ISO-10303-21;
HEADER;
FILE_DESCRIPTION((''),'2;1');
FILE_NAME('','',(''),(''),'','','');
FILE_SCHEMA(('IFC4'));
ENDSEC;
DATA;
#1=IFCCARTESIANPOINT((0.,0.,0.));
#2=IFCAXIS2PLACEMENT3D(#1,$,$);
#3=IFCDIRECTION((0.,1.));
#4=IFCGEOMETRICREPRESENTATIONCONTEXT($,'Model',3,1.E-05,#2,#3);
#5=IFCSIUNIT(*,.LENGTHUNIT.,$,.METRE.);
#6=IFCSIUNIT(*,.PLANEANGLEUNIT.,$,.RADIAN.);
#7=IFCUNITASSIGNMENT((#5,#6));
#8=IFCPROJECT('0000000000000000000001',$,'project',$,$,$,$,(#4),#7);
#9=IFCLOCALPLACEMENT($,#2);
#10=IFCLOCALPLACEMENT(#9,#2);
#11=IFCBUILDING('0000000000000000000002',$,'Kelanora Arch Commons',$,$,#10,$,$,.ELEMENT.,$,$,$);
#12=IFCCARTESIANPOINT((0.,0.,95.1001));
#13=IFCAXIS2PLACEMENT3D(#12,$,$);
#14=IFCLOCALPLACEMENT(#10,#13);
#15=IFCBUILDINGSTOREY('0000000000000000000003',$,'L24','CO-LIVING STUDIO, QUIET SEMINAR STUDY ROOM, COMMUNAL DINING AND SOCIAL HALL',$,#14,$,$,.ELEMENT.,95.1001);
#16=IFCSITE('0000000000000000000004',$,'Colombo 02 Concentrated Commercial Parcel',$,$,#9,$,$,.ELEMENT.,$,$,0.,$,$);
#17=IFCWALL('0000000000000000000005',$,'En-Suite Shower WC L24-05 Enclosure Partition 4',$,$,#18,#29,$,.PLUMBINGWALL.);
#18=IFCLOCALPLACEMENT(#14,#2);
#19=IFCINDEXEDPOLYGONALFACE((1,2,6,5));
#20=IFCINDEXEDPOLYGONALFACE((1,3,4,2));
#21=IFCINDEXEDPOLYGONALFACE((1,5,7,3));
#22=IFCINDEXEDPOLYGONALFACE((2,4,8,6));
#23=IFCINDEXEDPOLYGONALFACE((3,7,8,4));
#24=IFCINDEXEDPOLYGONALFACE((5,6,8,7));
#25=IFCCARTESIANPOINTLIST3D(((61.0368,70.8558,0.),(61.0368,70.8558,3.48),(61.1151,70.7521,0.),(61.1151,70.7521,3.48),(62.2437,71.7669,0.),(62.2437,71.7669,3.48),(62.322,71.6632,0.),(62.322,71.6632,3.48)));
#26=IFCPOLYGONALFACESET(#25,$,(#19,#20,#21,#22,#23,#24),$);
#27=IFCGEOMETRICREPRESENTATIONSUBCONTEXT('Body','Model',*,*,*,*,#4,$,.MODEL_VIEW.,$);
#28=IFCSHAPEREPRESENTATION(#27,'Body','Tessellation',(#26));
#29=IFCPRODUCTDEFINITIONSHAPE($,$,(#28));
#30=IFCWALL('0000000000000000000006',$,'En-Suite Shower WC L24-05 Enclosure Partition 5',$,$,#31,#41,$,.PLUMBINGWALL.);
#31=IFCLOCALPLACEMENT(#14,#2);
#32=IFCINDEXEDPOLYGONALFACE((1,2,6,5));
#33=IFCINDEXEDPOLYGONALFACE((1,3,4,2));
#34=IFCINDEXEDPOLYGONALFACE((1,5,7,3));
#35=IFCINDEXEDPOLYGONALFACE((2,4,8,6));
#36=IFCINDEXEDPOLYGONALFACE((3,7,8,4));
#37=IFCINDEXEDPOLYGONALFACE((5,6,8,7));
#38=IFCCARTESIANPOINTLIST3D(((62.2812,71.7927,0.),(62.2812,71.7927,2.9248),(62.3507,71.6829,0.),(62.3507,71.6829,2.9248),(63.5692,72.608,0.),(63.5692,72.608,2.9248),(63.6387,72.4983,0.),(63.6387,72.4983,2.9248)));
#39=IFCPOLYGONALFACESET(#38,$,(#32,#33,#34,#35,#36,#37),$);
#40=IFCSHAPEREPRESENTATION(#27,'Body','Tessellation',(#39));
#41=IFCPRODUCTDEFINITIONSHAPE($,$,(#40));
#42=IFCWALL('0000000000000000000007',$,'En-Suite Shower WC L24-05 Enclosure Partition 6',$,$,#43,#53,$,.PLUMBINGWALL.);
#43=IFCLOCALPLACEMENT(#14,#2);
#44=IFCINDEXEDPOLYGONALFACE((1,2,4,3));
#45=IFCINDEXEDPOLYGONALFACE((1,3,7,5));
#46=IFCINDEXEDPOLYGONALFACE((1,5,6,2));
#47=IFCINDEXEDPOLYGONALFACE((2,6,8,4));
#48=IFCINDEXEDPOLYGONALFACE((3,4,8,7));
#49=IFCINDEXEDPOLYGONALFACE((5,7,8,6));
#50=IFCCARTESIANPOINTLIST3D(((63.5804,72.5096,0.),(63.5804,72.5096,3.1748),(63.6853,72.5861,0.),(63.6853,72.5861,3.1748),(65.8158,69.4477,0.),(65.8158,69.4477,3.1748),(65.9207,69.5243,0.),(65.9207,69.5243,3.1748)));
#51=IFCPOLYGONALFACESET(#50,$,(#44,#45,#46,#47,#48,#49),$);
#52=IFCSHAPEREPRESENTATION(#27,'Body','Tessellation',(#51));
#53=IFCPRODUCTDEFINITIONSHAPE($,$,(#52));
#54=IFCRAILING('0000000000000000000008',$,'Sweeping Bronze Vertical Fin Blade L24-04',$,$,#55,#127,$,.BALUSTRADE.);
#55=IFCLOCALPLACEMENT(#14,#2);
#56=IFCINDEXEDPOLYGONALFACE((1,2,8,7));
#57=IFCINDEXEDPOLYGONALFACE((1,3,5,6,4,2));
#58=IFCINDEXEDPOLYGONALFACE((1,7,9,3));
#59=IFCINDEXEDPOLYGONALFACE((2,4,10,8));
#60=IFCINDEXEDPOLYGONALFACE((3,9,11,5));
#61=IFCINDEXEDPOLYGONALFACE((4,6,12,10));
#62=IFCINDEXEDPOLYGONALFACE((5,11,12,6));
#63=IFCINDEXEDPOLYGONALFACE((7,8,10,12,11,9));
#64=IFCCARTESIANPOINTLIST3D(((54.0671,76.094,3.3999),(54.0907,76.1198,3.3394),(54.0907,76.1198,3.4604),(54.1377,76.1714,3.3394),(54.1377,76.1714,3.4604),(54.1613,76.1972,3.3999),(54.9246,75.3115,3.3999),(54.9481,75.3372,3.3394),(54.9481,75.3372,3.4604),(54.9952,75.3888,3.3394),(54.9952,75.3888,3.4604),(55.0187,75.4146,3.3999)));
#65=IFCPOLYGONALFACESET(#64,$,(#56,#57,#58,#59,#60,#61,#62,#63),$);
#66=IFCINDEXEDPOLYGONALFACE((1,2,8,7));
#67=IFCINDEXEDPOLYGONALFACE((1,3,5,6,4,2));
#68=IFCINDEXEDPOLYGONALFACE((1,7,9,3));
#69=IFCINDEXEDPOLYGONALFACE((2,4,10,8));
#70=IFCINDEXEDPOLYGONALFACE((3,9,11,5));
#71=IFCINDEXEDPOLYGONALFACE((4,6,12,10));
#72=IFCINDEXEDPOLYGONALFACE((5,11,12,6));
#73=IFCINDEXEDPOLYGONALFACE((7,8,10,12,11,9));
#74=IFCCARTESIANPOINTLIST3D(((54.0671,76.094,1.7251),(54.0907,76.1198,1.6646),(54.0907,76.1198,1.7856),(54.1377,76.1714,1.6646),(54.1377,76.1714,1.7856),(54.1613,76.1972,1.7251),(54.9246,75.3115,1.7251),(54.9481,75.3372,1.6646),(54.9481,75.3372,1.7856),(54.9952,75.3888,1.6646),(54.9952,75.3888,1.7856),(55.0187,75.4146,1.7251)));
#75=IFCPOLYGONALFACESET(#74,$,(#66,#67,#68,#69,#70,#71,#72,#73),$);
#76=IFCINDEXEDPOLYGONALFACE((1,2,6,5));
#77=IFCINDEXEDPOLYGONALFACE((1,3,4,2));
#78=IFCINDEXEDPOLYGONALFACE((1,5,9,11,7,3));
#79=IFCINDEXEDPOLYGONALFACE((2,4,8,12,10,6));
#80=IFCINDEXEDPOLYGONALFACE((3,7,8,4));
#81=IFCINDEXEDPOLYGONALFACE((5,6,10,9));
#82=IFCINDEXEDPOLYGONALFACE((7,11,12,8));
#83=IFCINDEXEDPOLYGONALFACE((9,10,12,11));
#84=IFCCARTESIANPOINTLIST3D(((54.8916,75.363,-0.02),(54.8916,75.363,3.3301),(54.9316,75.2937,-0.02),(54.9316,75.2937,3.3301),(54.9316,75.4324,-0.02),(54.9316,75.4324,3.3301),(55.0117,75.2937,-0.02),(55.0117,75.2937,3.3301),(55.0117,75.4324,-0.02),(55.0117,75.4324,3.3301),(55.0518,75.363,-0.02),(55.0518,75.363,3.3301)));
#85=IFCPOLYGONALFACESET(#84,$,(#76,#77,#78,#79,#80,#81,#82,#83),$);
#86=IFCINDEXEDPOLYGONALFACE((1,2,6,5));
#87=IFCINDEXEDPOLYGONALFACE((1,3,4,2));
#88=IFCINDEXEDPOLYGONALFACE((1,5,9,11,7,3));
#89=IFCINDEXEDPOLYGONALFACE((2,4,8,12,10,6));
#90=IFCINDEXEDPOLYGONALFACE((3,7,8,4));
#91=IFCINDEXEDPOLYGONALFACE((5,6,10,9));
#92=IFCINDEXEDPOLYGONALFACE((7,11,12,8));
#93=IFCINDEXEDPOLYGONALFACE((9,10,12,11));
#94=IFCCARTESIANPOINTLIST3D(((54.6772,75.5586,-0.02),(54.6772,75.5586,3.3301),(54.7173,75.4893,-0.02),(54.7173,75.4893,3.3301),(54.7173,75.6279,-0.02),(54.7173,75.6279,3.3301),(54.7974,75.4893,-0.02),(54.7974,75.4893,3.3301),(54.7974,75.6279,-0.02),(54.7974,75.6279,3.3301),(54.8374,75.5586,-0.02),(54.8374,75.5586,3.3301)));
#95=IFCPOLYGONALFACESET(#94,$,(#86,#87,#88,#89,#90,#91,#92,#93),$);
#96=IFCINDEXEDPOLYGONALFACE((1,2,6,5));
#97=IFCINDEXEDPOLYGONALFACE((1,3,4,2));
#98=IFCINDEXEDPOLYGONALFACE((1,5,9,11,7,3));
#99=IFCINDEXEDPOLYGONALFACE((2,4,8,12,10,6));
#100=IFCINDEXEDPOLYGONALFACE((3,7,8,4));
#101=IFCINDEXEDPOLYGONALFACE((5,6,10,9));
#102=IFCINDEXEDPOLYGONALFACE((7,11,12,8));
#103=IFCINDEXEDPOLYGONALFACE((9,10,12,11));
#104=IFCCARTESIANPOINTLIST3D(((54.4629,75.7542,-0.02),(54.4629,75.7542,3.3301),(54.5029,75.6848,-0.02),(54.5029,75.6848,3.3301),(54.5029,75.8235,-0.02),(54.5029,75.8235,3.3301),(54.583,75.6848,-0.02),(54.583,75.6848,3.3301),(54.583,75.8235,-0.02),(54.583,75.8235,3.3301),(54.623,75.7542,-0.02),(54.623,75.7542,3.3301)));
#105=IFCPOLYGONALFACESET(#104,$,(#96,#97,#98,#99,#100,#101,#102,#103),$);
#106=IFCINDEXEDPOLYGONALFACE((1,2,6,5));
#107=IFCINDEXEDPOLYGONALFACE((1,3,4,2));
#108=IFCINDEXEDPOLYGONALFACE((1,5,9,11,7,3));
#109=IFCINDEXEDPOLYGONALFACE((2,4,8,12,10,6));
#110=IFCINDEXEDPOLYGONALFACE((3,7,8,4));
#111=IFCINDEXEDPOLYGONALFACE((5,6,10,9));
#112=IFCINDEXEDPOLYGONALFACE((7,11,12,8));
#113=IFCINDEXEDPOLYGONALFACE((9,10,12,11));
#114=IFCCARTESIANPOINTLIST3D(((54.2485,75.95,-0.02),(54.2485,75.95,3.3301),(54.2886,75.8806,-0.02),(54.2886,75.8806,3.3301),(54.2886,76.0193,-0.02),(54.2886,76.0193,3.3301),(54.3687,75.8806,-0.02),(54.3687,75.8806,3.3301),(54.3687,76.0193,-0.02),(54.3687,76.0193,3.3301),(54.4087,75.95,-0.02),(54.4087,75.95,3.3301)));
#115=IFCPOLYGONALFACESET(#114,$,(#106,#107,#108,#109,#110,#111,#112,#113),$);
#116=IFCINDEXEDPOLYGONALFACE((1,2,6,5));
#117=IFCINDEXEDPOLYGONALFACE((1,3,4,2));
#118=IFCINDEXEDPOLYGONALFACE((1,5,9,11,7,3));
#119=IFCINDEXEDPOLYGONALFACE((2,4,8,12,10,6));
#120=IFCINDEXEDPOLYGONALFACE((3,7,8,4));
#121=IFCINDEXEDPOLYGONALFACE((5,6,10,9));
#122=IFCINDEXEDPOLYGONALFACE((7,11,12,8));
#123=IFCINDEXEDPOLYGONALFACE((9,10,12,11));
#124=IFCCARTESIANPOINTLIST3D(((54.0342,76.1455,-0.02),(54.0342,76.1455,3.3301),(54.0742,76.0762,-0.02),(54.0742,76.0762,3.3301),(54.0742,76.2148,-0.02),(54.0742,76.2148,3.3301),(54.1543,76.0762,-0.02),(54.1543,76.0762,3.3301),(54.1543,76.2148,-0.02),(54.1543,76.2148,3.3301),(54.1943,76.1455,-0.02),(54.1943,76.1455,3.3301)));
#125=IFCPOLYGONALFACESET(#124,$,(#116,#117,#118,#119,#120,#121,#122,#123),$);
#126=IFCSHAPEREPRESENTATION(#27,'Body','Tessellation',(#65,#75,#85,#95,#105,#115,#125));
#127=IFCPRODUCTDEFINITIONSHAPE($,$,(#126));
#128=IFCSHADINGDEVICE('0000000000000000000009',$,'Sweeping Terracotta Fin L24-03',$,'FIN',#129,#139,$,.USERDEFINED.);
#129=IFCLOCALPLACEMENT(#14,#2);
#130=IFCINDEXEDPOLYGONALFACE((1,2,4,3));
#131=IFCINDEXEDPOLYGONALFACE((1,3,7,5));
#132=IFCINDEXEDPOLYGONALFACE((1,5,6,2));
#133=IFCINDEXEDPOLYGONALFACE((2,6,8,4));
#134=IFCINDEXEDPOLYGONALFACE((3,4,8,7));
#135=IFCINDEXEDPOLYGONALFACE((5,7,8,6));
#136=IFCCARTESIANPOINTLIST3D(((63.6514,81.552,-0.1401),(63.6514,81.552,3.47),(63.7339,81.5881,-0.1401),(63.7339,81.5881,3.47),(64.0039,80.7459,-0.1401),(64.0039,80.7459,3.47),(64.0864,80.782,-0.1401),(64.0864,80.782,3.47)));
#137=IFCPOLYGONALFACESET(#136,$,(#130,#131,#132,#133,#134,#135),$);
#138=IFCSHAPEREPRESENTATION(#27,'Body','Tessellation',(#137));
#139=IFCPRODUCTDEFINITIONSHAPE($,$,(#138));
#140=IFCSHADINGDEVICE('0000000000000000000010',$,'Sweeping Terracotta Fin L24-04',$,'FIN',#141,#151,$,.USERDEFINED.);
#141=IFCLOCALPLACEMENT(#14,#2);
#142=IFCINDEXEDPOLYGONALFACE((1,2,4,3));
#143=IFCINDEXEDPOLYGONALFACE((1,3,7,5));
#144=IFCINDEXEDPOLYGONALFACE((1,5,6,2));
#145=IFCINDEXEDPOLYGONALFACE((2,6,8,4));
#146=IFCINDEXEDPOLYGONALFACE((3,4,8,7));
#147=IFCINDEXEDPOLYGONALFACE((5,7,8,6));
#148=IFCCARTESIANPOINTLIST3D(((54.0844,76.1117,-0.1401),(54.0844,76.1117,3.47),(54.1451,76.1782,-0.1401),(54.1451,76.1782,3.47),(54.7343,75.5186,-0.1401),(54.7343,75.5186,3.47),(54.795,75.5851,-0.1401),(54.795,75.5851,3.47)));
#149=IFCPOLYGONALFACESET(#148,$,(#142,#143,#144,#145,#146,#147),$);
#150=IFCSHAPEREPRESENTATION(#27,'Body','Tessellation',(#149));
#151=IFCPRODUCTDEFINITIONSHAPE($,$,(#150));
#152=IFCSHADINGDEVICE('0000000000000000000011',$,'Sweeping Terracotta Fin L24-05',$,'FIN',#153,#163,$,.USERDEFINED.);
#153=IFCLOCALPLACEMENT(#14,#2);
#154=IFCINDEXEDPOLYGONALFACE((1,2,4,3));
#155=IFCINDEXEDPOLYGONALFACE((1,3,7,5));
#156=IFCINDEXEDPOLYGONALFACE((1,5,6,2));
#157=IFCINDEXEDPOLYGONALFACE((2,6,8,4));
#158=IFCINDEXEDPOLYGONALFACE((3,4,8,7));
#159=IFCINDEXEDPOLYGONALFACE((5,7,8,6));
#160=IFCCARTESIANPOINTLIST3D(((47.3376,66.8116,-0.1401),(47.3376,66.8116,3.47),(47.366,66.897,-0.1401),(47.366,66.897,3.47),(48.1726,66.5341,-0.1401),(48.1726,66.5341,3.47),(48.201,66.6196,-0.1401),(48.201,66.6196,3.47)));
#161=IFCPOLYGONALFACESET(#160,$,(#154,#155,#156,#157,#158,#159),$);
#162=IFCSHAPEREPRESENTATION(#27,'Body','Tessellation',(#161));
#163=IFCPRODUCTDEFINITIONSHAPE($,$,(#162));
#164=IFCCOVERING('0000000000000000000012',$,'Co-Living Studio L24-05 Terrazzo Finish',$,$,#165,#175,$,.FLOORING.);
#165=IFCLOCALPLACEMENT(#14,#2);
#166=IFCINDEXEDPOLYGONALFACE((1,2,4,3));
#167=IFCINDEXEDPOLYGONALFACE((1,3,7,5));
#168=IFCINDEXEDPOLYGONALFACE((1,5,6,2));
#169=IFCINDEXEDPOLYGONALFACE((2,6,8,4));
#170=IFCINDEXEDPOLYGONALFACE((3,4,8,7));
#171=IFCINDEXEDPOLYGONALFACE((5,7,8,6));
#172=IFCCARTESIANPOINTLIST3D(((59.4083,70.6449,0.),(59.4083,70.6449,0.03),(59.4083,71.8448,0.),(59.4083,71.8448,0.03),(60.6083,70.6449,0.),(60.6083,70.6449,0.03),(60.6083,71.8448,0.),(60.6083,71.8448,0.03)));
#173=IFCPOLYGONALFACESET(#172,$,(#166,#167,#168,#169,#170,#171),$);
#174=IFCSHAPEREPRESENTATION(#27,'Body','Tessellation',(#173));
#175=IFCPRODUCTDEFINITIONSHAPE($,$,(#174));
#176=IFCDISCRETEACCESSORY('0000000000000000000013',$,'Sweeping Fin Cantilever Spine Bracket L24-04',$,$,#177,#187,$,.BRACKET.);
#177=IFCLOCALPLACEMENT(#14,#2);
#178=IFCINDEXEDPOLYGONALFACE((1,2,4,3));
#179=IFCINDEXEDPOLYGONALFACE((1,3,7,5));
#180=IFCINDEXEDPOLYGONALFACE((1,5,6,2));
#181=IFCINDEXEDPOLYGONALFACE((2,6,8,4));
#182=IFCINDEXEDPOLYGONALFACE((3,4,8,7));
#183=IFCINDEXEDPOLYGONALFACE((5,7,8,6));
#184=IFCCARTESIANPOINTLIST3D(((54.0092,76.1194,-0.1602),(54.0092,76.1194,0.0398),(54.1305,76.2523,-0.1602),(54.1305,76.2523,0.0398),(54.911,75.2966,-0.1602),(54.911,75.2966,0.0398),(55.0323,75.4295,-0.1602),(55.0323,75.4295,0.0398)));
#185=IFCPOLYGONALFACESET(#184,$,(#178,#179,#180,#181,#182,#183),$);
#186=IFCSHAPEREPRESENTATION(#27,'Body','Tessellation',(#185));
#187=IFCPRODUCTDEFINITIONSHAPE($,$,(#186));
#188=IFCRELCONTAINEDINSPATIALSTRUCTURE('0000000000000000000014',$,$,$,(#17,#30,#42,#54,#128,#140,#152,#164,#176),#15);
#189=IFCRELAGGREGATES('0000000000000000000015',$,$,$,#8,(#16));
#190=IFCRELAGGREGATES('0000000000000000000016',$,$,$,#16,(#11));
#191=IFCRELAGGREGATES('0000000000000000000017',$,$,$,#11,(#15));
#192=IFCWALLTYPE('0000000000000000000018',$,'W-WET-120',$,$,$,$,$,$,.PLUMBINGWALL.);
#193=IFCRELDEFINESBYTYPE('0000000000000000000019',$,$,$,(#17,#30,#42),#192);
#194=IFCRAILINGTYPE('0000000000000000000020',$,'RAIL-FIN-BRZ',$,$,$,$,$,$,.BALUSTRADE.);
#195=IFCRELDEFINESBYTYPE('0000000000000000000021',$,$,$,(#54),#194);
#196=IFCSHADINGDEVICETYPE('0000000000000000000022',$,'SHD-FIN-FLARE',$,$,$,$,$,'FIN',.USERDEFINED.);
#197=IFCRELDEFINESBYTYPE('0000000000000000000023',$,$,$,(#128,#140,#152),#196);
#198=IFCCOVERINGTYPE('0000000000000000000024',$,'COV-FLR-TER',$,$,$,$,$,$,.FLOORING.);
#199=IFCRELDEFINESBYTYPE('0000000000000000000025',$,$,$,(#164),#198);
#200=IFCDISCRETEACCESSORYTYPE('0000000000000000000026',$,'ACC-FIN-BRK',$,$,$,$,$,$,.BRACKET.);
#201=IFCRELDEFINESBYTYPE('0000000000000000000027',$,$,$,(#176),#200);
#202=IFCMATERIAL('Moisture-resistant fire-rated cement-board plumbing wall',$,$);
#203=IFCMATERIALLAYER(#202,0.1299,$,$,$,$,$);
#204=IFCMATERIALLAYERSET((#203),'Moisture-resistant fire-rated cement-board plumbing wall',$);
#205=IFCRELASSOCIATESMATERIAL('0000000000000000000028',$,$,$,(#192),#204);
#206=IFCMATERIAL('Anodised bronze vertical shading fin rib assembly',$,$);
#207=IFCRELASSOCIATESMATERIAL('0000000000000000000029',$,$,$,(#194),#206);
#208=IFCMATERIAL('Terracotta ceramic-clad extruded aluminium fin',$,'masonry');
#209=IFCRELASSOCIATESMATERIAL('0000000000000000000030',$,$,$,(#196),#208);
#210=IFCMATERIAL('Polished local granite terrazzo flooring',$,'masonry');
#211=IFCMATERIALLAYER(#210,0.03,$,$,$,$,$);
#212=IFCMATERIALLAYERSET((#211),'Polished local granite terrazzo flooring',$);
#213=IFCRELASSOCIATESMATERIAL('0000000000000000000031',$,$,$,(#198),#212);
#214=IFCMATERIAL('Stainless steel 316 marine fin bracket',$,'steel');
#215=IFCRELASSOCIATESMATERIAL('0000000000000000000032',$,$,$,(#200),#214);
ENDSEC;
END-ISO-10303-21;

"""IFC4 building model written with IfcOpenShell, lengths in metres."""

from ifc_helpers import new_model, si_unit, direction, frame, frame_2d, origin, origin_2d, place, context, subcontext, project, spatial, polyline, rectangle, outline, extrude, source, transform, mapped, material, layer, layer_set, type_object, element, save


model = new_model("IFC4")

# Units and contexts
model_context = context("Model", 3, precision=1e-05, world=origin(), true_north=direction((0.0, 1.0)))
body_context = subcontext(model_context, "Body", "Model", "MODEL_VIEW")
ifc_project = project(units=[si_unit("LENGTHUNIT", "METRE"), si_unit("PLANEANGLEUNIT", "RADIAN")], contexts=[model_context])

# Site, building, storey
site_placement = place(None, origin())
site = spatial("IfcSite", under=ifc_project, at=site_placement, Name="Colombo 02 Concentrated Commercial Parcel", CompositionType="ELEMENT", RefElevation=0.0)
building_placement = place(site_placement, origin())
building = spatial("IfcBuilding", under=site, at=building_placement, Name="Kelanora Arch Commons", CompositionType="ELEMENT")
storey_placement = place(building_placement, frame((0.0, 0.0, 95.1001)))
storey = spatial("IfcBuildingStorey", under=building, at=storey_placement, Name="L24", Description="CO-LIVING STUDIO, QUIET SEMINAR STUDY ROOM, COMMUNAL DINING AND SOCIAL HALL", CompositionType="ELEMENT", Elevation=95.1001)

# Shared definitions
ifc_material_1 = material(Name="Moisture-resistant fire-rated cement-board plumbing wall")
ifc_layer_1 = layer(ifc_material_1, 0.1299)
ifc_layer_set_1 = layer_set([ifc_layer_1], Name="Moisture-resistant fire-rated cement-board plumbing wall")
wall_type_1 = type_object("IfcWallType", Name="W-WET-120", PredefinedType="PLUMBINGWALL", material=ifc_layer_set_1)

# Walls
wall_1_placement = place(storey_placement, frame((61.0759, 70.804, 0.0), z_axis=(0.0, 0.0, 1.0), x_axis=(0.798136, 0.602477, 0.0)))
element("IfcWall", 1, at=wall_1_placement, inside=storey, type_object=wall_type_1, Name="En-Suite Shower WC L24-05 Enclosure Partition 4", PredefinedType="PLUMBINGWALL", context=body_context, shape_type="SweptSolid", body=[
    extrude(rectangle(XDim=1.5122, YDim=0.1299, at=frame_2d((0.7561, 0.0))), origin(), (0.0, 0.0, 1.0), 3.48),
])
wall_2_placement = place(storey_placement, frame((62.3159, 71.7378, 0.0), z_axis=(0.0, 0.0, 1.0), x_axis=(0.844925, 0.534884, 0.0)))
element("IfcWall", 2, at=wall_2_placement, inside=storey, type_object=wall_type_1, Name="En-Suite Shower WC L24-05 Enclosure Partition 5", PredefinedType="PLUMBINGWALL", context=body_context, shape_type="SweptSolid", body=[
    extrude(rectangle(XDim=1.5244, YDim=0.1299, at=frame_2d((0.7622, 0.0))), origin(), (0.0, 0.0, 1.0), 2.9248),
])
wall_3_placement = place(storey_placement, frame((63.6328, 72.5479, 0.0), z_axis=(0.0, 0.0, 1.0), x_axis=(0.589656, -0.807654, 0.0)))
element("IfcWall", 3, at=wall_3_placement, inside=storey, type_object=wall_type_1, Name="En-Suite Shower WC L24-05 Enclosure Partition 6", PredefinedType="PLUMBINGWALL", context=body_context, shape_type="SweptSolid", body=[
    extrude(rectangle(XDim=3.791, YDim=0.1299, at=frame_2d((1.8955, 0.0))), origin(), (0.0, 0.0, 1.0), 3.1748),
])

# Railing
ifc_material_2 = material(Name="Anodised bronze vertical shading fin rib assembly")
railing_type = type_object("IfcRailingType", Name="RAIL-FIN-BRZ", PredefinedType="BALUSTRADE", material=ifc_material_2)
railing_placement = place(storey_placement, frame((54.9717, 75.363, -0.02)))
element("IfcRailing", 4, at=railing_placement, inside=storey, type_object=railing_type, Name="Sweeping Bronze Vertical Fin Blade L24-04", PredefinedType="BALUSTRADE", context=body_context, shape_type="SweptSolid", body=[
    extrude(outline(polyline([(0.0698, 0.0), (0.0349, 0.0605), (-0.0349, 0.0605), (-0.0698, 0.0), (-0.0349, -0.0605), (0.0349, -0.0605), (0.0698, 0.0)])), frame((0.0, 0.0, 3.4199), z_axis=(-0.738654, 0.674085, 0.0), x_axis=(-0.674085, -0.738654, 0.0)), (0.0, 0.0, 1.0), 1.1609),
    extrude(outline(polyline([(0.0698, 0.0), (0.0349, 0.0605), (-0.0349, 0.0605), (-0.0698, 0.0), (-0.0349, -0.0605), (0.0349, -0.0605), (0.0698, 0.0)])), frame((0.0, 0.0, 1.7451), z_axis=(-0.738654, 0.674085, 0.0), x_axis=(-0.674085, -0.738654, 0.0)), (0.0, 0.0, 1.0), 1.1609),
    extrude(outline(polyline([(0.0801, 0.0), (0.04, 0.0693), (-0.04, 0.0693), (-0.0801, 0.0), (-0.04, -0.0693), (0.04, -0.0693), (0.0801, 0.0)])), origin(), (0.0, 0.0, 1.0), 3.3501),
    extrude(outline(polyline([(0.0801, 0.0), (0.04, 0.0693), (-0.04, 0.0693), (-0.0801, 0.0), (-0.04, -0.0693), (0.04, -0.0693), (0.0801, 0.0)])), frame((-0.2144, 0.1956, 0.0)), (0.0, 0.0, 1.0), 3.3501),
    extrude(outline(polyline([(0.0801, 0.0), (0.04, 0.0693), (-0.04, 0.0693), (-0.0801, 0.0), (-0.04, -0.0693), (0.04, -0.0693), (0.0801, 0.0)])), frame((-0.4287, 0.3911, 0.0)), (0.0, 0.0, 1.0), 3.3501),
    extrude(outline(polyline([(0.0801, 0.0), (0.04, 0.0693), (-0.04, 0.0693), (-0.0801, 0.0), (-0.04, -0.0693), (0.04, -0.0693), (0.0801, 0.0)])), frame((-0.6431, 0.5869, 0.0)), (0.0, 0.0, 1.0), 3.3501),
    extrude(outline(polyline([(0.0801, 0.0), (0.04, 0.0693), (-0.04, 0.0693), (-0.0801, 0.0), (-0.04, -0.0693), (0.04, -0.0693), (0.0801, 0.0)])), frame((-0.8574, 0.7825, 0.0)), (0.0, 0.0, 1.0), 3.3501),
])

# Shading devices
ifc_material_3 = material(Name="Terracotta ceramic-clad extruded aluminium fin", Category="masonry")
shading_device_type = type_object("IfcShadingDeviceType", Name="SHD-FIN-FLARE", ElementType="FIN", PredefinedType="USERDEFINED", material=ifc_material_3)
shared_shape_1 = source(origin(), body_context, "Body", "SweptSolid", [
    extrude(rectangle(XDim=0.8799, YDim=0.0901, at=origin_2d()), origin(), (0.0, 0.0, 1.0), 3.6101),
])
for number, where, z_axis, x_axis, name in (
    (5, (63.8689, 81.167, -0.1401), (0.0, 0.0, 1.0), (-0.400669, 0.916223, 0.0), "Sweeping Terracotta Fin L24-03"),
    (6, (54.4397, 75.8484, -0.1401), (0.0, 0.0, 1.0), (-0.738691, 0.674045, 0.0), "Sweeping Terracotta Fin L24-04"),
    (7, (47.7693, 66.7156, -0.1401), (0.0, 0.0, 1.0), (-0.948986, 0.315318, 0.0), "Sweeping Terracotta Fin L24-05"),
):
    element("IfcShadingDevice", number, at=place(storey_placement, frame(where, z_axis=z_axis, x_axis=x_axis)), inside=storey, type_object=shading_device_type, Name=name, ObjectType="FIN", PredefinedType="USERDEFINED", context=body_context, shape_type="MappedRepresentation", body=[
        mapped(shared_shape_1, transform((0.0, 0.0, 0.0), scale=1.0)),
    ])

# Covering
ifc_material_4 = material(Name="Polished local granite terrazzo flooring", Category="masonry")
ifc_layer_2 = layer(ifc_material_4, 0.03)
ifc_layer_set_2 = layer_set([ifc_layer_2], Name="Polished local granite terrazzo flooring")
covering_type = type_object("IfcCoveringType", Name="COV-FLR-TER", PredefinedType="FLOORING", material=ifc_layer_set_2)
shared_shape_2 = source(origin(), body_context, "Body", "SweptSolid", [
    extrude(rectangle(XDim=1.2, YDim=1.2, at=origin_2d()), origin(), (0.0, 0.0, 1.0), 0.03),
])
covering_placement = place(storey_placement, frame((60.0083, 71.2449, 0.0), z_axis=(0.0, 0.0, 1.0), x_axis=(1.0, 0.0, 0.0)))
element("IfcCovering", 8, at=covering_placement, inside=storey, type_object=covering_type, Name="Co-Living Studio L24-05 Terrazzo Finish", PredefinedType="FLOORING", context=body_context, shape_type="MappedRepresentation", body=[
    mapped(shared_shape_2, transform((0.0, 0.0, 0.0), scale=1.0)),
])

# Discrete accessory
ifc_material_5 = material(Name="Stainless steel 316 marine fin bracket", Category="steel")
discrete_accessory_type = type_object("IfcDiscreteAccessoryType", Name="ACC-FIN-BRK", PredefinedType="BRACKET", material=ifc_material_5)
shared_shape_3 = source(origin(), body_context, "Body", "SweptSolid", [
    extrude(rectangle(XDim=1.2207, YDim=0.1799, at=origin_2d()), origin(), (0.0, 0.0, 1.0), 0.2),
])
discrete_accessory_placement = place(storey_placement, frame((54.5208, 75.7744, -0.1602), z_axis=(0.0, 0.0, 1.0), x_axis=(-0.738691, 0.674045, 0.0)))
element("IfcDiscreteAccessory", 9, at=discrete_accessory_placement, inside=storey, type_object=discrete_accessory_type, Name="Sweeping Fin Cantilever Spine Bracket L24-04", PredefinedType="BRACKET", context=body_context, shape_type="MappedRepresentation", body=[
    mapped(shared_shape_3, transform((0.0, 0.0, 0.0), scale=1.0)),
])

save(model, "model.ifc")
